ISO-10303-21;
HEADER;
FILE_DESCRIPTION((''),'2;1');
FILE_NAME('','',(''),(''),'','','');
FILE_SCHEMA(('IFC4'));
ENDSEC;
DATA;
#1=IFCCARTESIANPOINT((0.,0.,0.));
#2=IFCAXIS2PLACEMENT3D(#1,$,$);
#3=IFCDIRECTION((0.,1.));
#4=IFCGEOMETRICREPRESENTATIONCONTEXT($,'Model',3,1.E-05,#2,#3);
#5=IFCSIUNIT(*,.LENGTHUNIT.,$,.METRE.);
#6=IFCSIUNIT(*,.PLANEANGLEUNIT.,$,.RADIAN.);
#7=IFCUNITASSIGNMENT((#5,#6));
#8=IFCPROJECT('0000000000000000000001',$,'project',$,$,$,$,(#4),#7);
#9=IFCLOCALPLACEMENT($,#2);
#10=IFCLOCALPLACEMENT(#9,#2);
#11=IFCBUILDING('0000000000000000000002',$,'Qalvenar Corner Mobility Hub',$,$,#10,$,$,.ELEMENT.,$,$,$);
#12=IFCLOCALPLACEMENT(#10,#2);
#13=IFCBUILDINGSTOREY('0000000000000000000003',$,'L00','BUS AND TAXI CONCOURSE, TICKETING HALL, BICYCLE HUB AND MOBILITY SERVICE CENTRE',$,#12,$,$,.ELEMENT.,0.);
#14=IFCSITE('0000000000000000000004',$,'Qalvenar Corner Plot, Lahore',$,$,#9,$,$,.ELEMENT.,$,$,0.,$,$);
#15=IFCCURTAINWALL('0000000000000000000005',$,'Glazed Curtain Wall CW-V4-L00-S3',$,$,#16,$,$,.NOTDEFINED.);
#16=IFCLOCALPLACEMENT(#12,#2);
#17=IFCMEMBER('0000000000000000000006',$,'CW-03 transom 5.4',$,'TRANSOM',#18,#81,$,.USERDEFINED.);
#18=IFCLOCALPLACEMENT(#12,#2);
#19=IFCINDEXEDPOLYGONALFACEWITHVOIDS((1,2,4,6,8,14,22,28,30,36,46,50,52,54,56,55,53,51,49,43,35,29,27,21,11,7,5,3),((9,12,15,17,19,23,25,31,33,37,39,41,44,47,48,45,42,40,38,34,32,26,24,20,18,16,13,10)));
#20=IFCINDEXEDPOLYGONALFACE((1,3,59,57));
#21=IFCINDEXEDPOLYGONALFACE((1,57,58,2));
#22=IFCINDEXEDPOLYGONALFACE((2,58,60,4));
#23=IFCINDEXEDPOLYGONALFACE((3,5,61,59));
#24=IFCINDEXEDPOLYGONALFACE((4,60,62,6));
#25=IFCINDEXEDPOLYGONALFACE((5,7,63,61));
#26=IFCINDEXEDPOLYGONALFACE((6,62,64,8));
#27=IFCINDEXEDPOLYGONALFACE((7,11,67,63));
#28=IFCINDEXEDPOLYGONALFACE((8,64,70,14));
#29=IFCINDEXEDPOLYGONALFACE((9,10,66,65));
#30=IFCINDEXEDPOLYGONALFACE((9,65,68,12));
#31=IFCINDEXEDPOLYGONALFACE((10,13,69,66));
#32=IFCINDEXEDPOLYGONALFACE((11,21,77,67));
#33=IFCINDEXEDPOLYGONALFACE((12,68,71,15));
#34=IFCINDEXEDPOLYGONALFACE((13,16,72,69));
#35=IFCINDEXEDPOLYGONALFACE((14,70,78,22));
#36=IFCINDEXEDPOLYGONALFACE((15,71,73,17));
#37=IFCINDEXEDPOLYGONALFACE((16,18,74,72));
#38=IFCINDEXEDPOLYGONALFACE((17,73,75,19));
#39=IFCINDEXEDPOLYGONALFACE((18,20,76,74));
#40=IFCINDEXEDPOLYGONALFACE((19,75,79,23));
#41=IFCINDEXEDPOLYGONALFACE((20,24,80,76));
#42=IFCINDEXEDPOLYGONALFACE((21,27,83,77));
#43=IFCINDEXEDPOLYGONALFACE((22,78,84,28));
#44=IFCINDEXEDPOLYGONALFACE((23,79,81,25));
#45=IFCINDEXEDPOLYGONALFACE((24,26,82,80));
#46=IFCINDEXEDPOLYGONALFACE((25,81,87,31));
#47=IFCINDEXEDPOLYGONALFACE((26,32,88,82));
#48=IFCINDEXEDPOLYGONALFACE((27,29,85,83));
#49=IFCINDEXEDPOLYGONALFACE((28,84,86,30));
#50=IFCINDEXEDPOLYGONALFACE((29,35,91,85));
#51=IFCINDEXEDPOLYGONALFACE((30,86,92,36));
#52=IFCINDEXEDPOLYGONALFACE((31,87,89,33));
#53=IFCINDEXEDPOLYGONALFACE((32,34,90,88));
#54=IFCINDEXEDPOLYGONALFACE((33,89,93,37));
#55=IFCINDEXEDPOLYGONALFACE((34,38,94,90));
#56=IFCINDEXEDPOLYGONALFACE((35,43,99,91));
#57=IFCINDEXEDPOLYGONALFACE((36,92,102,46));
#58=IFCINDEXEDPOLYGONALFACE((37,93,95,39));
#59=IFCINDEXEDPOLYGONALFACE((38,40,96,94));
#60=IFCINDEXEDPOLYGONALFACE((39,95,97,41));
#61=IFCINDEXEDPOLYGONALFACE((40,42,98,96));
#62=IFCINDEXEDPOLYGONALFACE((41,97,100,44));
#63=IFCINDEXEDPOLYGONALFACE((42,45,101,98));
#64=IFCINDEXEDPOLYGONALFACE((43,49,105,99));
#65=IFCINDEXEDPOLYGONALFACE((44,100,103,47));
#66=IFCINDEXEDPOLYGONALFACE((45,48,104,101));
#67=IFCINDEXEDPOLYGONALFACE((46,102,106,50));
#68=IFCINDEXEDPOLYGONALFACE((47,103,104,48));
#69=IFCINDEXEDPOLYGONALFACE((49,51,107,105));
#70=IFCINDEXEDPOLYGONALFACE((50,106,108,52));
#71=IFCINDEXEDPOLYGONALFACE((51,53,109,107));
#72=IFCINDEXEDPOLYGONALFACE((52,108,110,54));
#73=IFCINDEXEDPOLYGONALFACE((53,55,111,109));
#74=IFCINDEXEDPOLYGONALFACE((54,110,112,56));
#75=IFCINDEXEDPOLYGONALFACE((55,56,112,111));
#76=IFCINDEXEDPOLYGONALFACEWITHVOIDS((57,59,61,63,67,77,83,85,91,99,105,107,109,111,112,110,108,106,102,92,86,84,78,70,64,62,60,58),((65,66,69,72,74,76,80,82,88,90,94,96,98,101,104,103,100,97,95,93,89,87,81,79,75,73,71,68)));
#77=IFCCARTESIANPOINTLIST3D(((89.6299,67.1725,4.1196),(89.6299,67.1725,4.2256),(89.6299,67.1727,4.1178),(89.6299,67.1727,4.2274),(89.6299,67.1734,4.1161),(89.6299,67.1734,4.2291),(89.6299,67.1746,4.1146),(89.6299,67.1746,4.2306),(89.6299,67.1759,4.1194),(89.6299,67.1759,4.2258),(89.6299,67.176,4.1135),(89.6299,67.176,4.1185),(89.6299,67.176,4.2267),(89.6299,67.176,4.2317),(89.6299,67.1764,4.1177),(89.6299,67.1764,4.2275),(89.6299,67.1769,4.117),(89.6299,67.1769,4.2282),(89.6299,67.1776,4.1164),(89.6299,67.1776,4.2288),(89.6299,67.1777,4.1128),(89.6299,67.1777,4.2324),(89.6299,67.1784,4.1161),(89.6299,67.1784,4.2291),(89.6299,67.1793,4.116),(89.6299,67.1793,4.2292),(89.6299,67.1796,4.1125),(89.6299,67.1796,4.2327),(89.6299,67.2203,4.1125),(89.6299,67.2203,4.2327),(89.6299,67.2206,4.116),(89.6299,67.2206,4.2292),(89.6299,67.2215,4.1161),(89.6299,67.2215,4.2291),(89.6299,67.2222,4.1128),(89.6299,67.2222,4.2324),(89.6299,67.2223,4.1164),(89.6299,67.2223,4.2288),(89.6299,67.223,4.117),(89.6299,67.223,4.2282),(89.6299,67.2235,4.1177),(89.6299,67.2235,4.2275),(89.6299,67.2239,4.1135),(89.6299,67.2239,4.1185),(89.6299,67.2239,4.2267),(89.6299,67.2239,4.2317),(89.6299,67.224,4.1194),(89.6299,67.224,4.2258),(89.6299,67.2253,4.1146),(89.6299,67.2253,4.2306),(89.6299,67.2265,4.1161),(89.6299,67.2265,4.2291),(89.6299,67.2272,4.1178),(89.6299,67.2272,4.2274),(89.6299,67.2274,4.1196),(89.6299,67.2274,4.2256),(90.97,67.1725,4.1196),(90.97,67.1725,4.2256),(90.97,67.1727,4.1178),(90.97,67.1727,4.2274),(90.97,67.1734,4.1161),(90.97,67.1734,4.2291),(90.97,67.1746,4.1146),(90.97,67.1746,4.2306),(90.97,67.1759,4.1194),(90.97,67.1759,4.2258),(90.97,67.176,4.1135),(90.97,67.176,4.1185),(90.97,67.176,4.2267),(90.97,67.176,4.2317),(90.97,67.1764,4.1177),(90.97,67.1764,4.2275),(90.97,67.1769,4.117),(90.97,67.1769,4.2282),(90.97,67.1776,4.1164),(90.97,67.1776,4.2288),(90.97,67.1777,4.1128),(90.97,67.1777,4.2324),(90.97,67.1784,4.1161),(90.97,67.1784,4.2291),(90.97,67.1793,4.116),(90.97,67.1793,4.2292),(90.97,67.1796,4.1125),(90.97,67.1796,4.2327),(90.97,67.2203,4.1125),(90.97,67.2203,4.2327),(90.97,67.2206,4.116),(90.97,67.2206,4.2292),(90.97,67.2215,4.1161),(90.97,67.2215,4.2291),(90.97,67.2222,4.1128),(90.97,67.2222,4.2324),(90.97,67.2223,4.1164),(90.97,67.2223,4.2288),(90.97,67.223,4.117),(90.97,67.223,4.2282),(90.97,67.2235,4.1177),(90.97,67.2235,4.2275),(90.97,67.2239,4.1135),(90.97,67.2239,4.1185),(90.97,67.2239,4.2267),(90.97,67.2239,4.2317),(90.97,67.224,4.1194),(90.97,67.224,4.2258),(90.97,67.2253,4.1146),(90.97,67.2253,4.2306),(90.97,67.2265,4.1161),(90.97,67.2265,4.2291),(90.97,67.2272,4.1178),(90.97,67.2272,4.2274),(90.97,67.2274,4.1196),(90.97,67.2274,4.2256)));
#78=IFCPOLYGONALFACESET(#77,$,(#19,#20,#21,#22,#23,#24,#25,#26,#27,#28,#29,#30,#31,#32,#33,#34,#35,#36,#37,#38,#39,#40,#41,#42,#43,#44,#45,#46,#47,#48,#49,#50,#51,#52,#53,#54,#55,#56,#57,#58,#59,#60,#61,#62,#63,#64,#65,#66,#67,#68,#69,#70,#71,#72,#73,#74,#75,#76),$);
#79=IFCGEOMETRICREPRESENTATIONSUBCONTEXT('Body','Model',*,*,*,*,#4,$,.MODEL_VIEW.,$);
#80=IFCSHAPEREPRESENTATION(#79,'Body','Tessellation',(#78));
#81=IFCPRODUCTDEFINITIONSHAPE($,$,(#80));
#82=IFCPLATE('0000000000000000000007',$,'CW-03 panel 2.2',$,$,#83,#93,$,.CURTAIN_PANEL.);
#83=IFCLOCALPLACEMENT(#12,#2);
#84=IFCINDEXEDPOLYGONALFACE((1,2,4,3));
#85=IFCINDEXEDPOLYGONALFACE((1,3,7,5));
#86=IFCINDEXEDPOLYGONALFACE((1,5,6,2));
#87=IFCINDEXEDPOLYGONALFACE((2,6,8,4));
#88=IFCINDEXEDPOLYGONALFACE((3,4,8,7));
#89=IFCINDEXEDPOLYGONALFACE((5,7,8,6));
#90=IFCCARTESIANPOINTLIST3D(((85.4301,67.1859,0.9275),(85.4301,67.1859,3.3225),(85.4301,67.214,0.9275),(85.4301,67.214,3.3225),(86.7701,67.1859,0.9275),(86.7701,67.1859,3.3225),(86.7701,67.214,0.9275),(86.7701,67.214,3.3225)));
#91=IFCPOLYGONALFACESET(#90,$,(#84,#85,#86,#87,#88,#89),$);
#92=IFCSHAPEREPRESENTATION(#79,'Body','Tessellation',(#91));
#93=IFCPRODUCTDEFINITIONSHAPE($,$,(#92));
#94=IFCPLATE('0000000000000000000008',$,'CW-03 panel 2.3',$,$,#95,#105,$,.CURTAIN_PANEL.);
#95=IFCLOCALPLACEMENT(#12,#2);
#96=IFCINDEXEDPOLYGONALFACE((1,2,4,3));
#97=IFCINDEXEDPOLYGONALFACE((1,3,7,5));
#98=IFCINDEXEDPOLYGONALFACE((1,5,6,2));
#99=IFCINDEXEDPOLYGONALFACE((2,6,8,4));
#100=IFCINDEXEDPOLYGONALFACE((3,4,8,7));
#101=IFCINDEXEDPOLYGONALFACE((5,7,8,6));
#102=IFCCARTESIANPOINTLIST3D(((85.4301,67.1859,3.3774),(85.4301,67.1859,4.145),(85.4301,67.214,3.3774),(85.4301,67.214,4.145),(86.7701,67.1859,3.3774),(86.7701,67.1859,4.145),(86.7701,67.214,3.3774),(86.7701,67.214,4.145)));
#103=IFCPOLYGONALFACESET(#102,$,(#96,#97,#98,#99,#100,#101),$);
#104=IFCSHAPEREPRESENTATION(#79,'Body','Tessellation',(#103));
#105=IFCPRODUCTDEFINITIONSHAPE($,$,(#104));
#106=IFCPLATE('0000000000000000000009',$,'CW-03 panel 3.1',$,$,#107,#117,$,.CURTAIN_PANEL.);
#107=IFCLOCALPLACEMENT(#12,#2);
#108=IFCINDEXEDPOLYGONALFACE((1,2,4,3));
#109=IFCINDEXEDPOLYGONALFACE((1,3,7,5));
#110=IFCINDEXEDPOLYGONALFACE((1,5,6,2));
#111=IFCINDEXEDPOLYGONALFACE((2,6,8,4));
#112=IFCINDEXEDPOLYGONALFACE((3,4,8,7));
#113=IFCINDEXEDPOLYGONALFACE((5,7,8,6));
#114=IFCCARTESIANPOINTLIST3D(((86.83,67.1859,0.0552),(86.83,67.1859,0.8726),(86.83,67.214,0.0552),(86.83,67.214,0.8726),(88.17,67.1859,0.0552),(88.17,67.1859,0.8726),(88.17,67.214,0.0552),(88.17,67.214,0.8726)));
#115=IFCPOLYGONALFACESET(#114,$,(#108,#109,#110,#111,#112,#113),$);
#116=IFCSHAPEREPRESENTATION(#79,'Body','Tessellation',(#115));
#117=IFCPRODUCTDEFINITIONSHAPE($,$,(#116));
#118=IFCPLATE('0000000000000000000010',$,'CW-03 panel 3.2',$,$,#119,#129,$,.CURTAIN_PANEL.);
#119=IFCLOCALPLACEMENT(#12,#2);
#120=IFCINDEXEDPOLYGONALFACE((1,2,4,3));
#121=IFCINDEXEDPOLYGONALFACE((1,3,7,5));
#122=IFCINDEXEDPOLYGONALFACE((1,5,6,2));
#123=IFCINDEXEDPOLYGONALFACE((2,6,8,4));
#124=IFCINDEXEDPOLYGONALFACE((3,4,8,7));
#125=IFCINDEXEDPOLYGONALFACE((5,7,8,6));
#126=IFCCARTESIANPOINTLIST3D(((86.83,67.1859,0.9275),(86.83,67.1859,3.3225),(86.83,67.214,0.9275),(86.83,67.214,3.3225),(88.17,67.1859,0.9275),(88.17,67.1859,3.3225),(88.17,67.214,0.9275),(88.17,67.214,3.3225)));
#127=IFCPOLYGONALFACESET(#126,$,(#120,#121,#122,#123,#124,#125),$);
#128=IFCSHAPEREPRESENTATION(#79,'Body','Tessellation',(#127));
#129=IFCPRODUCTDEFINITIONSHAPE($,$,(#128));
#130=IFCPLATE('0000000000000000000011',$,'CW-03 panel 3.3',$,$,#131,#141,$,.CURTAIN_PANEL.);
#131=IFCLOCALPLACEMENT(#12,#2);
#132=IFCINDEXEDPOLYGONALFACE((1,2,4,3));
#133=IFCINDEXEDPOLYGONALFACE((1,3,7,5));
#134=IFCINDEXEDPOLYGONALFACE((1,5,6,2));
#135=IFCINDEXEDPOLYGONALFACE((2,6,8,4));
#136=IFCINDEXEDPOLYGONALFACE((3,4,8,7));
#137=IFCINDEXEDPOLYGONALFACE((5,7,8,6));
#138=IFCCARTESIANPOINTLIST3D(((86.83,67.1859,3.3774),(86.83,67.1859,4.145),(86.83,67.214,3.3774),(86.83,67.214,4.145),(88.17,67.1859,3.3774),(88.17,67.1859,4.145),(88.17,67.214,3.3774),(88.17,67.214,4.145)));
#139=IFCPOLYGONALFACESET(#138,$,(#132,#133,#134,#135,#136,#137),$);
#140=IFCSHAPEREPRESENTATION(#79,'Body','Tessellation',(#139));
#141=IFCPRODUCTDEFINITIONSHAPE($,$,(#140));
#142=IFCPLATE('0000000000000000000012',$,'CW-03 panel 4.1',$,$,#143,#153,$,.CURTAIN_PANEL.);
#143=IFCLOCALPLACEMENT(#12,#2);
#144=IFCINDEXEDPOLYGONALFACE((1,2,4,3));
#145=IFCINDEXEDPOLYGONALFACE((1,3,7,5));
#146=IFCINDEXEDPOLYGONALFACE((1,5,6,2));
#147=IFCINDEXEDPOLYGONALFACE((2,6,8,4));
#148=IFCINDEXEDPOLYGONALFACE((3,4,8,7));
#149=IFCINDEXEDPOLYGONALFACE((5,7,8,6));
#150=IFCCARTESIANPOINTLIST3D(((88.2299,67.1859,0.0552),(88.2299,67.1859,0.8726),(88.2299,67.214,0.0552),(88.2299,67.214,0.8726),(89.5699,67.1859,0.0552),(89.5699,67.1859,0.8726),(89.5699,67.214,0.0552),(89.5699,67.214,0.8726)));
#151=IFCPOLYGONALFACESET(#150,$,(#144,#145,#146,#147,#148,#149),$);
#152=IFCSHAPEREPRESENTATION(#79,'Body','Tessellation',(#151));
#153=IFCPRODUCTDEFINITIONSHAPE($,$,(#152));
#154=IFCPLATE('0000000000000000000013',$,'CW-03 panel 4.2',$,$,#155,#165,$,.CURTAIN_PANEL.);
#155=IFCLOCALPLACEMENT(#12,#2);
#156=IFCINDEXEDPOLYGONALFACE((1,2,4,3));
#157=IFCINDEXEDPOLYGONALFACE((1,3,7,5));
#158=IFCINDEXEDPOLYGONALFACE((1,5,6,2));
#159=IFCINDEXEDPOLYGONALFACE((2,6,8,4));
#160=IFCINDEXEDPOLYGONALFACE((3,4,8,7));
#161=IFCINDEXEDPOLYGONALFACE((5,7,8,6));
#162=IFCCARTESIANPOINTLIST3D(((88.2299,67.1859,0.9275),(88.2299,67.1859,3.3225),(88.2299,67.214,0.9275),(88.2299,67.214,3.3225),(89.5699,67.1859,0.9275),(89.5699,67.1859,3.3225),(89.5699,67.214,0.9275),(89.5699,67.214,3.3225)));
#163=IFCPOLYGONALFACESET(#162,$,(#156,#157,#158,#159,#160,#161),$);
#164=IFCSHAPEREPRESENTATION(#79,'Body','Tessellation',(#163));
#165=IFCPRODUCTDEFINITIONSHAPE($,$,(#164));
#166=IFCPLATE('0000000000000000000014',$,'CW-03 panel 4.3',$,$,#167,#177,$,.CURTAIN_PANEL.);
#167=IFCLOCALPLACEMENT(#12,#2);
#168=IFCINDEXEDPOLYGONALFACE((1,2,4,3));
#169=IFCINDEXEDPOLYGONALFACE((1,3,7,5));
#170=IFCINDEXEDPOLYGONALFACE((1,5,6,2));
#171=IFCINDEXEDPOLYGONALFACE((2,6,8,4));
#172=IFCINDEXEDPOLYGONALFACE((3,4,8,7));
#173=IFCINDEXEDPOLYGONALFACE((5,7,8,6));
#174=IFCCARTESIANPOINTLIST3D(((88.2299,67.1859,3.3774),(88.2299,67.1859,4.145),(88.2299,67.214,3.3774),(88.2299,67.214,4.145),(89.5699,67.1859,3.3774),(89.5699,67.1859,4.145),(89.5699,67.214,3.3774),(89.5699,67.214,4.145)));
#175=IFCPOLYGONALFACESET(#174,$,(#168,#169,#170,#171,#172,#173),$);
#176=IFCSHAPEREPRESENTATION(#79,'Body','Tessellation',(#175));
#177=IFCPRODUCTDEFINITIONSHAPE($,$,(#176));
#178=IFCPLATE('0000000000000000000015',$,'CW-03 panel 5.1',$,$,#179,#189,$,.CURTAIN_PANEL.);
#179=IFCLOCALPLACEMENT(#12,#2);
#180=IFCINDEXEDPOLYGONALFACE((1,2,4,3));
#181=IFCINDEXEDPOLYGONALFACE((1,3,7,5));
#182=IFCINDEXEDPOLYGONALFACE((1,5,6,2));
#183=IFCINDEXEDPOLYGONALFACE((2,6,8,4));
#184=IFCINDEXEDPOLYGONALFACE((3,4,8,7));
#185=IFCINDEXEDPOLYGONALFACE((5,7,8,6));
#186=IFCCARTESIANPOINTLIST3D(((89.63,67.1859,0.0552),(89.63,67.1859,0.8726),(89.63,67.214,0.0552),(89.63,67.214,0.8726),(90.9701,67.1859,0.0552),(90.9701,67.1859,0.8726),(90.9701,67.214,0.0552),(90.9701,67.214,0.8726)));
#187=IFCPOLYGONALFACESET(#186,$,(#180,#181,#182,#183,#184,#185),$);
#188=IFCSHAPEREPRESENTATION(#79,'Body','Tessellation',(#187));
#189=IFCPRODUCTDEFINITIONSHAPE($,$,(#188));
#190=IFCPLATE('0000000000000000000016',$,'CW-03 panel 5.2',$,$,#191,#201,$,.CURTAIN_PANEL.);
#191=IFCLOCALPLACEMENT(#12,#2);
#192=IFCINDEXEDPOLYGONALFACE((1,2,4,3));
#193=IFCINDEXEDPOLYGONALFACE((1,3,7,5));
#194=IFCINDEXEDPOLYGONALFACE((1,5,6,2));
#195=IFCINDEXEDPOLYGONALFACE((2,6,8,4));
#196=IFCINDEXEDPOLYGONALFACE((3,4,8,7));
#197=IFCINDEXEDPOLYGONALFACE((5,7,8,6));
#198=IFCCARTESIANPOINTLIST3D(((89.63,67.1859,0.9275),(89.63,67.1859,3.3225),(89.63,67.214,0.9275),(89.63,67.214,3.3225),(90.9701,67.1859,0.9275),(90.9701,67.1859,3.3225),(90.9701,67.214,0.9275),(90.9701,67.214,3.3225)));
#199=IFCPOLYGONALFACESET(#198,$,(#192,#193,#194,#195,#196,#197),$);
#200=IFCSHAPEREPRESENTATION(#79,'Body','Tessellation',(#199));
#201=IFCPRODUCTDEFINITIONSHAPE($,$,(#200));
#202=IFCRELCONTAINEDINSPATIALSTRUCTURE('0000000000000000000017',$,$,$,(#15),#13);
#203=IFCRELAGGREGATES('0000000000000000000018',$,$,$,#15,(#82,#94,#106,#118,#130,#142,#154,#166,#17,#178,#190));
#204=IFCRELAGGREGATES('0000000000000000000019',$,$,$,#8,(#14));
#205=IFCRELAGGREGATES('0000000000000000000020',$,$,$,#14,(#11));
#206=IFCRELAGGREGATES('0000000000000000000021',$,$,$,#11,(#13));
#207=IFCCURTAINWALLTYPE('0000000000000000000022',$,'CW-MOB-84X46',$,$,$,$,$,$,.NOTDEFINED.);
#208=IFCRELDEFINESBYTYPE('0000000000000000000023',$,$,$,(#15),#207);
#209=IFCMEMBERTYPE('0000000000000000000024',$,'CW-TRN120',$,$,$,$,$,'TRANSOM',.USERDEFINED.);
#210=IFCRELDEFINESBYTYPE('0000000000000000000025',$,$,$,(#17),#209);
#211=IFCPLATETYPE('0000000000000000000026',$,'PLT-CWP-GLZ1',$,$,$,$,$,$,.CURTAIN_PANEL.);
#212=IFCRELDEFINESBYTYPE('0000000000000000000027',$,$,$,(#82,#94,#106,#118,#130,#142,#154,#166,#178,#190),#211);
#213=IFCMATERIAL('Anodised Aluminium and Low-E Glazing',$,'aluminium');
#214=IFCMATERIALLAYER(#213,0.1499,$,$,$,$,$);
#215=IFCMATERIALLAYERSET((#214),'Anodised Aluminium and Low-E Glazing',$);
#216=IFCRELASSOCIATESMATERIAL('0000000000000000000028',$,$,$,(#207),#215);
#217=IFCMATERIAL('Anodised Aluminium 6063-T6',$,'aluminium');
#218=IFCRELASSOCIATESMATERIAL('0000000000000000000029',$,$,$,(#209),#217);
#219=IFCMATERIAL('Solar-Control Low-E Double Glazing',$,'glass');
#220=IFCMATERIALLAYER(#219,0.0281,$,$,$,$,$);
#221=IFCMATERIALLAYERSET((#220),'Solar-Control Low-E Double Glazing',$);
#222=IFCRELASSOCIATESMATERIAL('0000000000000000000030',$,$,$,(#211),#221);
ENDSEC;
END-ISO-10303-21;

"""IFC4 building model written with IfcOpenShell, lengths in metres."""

from ifc_helpers import new_model, si_unit, direction, frame, origin, origin_2d, place, context, subcontext, project, spatial, rectangle, hollow_rectangle, extrude, material, layer, layer_set, material_profile, profile_set, type_object, element, aggregate, save


model = new_model("IFC4")

# Units and contexts
model_context = context("Model", 3, precision=1e-05, world=origin(), true_north=direction((0.0, 1.0)))
body_context = subcontext(model_context, "Body", "Model", "MODEL_VIEW")
ifc_project = project(units=[si_unit("LENGTHUNIT", "METRE"), si_unit("PLANEANGLEUNIT", "RADIAN")], contexts=[model_context])

# Site, building, storey
site_placement = place(None, origin())
site = spatial("IfcSite", under=ifc_project, at=site_placement, Name="Qalvenar Corner Plot, Lahore", CompositionType="ELEMENT", RefElevation=0.0)
building_placement = place(site_placement, origin())
building = spatial("IfcBuilding", under=site, at=building_placement, Name="Qalvenar Corner Mobility Hub", CompositionType="ELEMENT")
storey_placement = place(building_placement, origin())
storey = spatial("IfcBuildingStorey", under=building, at=storey_placement, Name="L00", Description="BUS AND TAXI CONCOURSE, TICKETING HALL, BICYCLE HUB AND MOBILITY SERVICE CENTRE", CompositionType="ELEMENT", Elevation=0.0)

# Curtain wall, member, plates
ifc_material_1 = material(Name="Anodised Aluminium and Low-E Glazing", Category="aluminium")
ifc_layer_1 = layer(ifc_material_1, 0.1499)
ifc_layer_set_1 = layer_set([ifc_layer_1], Name="Anodised Aluminium and Low-E Glazing")
curtain_wall_type = type_object("IfcCurtainWallType", Name="CW-MOB-84X46", PredefinedType="NOTDEFINED", material=ifc_layer_set_1)
curtain_wall_placement = place(storey_placement, origin())
curtain_wall = element("IfcCurtainWall", 1, at=curtain_wall_placement, inside=storey, type_object=curtain_wall_type, Name="Glazed Curtain Wall CW-V4-L00-S3", PredefinedType="NOTDEFINED")
ifc_material_2 = material(Name="Anodised Aluminium 6063-T6", Category="aluminium")
ifc_material_profile_1 = material_profile(ifc_material_2, hollow_rectangle(XDim=0.0549, YDim=0.1201, WallThickness=0.0034, InnerFilletRadius=0.0034, OuterFilletRadius=0.0071, at=origin_2d()), Name="RHS120x55x3.5")
ifc_profile_set_1 = profile_set([ifc_material_profile_1], Name="Anodised Aluminium 6063-T6")
member_type_1 = type_object("IfcMemberType", Name="CW-TRN120", ElementType="TRANSOM", PredefinedType="USERDEFINED", material=ifc_profile_set_1)
member_1_placement = place(storey_placement, frame((89.6299, 67.2, 4.1726), z_axis=(1.0, 0.0, 0.0), x_axis=(0.0, 1.0, 0.0)))
member_1 = element("IfcMember", 2, at=member_1_placement, type_object=member_type_1, Name="CW-03 transom 5.4", ObjectType="TRANSOM", PredefinedType="USERDEFINED", context=body_context, shape_type="SweptSolid", body=[
    extrude(hollow_rectangle(XDim=0.0549, YDim=0.1201, WallThickness=0.0034, InnerFilletRadius=0.0034, OuterFilletRadius=0.0071, at=origin_2d()), origin(), (0.0, 0.0, 1.0), 1.3401),
])
ifc_material_3 = material(Name="Solar-Control Low-E Double Glazing", Category="glass")
ifc_layer_2 = layer(ifc_material_3, 0.0281)
ifc_layer_set_2 = layer_set([ifc_layer_2], Name="Solar-Control Low-E Double Glazing")
plate_type = type_object("IfcPlateType", Name="PLT-CWP-GLZ1", PredefinedType="CURTAIN_PANEL", material=ifc_layer_set_2)
plate_1_placement = place(storey_placement, frame((86.1001, 67.2, 0.9275), z_axis=(0.0, 0.0, 1.0), x_axis=(1.0, 0.0, 0.0)))
plate_1 = element("IfcPlate", 3, at=plate_1_placement, type_object=plate_type, Name="CW-03 panel 2.2", PredefinedType="CURTAIN_PANEL", context=body_context, shape_type="SweptSolid", body=[
    extrude(rectangle(XDim=1.3401, YDim=0.0281, at=origin_2d()), origin(), (0.0, 0.0, 1.0), 2.395),
])
plate_2_placement = place(storey_placement, frame((86.1001, 67.2, 3.3774), z_axis=(0.0, 0.0, 1.0), x_axis=(1.0, 0.0, 0.0)))
plate_2 = element("IfcPlate", 4, at=plate_2_placement, type_object=plate_type, Name="CW-03 panel 2.3", PredefinedType="CURTAIN_PANEL", context=body_context, shape_type="SweptSolid", body=[
    extrude(rectangle(XDim=1.3401, YDim=0.0281, at=origin_2d()), origin(), (0.0, 0.0, 1.0), 0.7676),
])
plate_3_placement = place(storey_placement, frame((87.5, 67.2, 0.0552), z_axis=(0.0, 0.0, 1.0), x_axis=(1.0, 0.0, 0.0)))
plate_3 = element("IfcPlate", 5, at=plate_3_placement, type_object=plate_type, Name="CW-03 panel 3.1", PredefinedType="CURTAIN_PANEL", context=body_context, shape_type="SweptSolid", body=[
    extrude(rectangle(XDim=1.3401, YDim=0.0281, at=origin_2d()), origin(), (0.0, 0.0, 1.0), 0.8174),
])
plate_4_placement = place(storey_placement, frame((87.5, 67.2, 0.9275), z_axis=(0.0, 0.0, 1.0), x_axis=(1.0, 0.0, 0.0)))
plate_4 = element("IfcPlate", 6, at=plate_4_placement, type_object=plate_type, Name="CW-03 panel 3.2", PredefinedType="CURTAIN_PANEL", context=body_context, shape_type="SweptSolid", body=[
    extrude(rectangle(XDim=1.3401, YDim=0.0281, at=origin_2d()), origin(), (0.0, 0.0, 1.0), 2.395),
])
plate_5_placement = place(storey_placement, frame((87.5, 67.2, 3.3774), z_axis=(0.0, 0.0, 1.0), x_axis=(1.0, 0.0, 0.0)))
plate_5 = element("IfcPlate", 7, at=plate_5_placement, type_object=plate_type, Name="CW-03 panel 3.3", PredefinedType="CURTAIN_PANEL", context=body_context, shape_type="SweptSolid", body=[
    extrude(rectangle(XDim=1.3401, YDim=0.0281, at=origin_2d()), origin(), (0.0, 0.0, 1.0), 0.7676),
])
plate_6_placement = place(storey_placement, frame((88.8999, 67.2, 0.0552), z_axis=(0.0, 0.0, 1.0), x_axis=(1.0, 0.0, 0.0)))
plate_6 = element("IfcPlate", 8, at=plate_6_placement, type_object=plate_type, Name="CW-03 panel 4.1", PredefinedType="CURTAIN_PANEL", context=body_context, shape_type="SweptSolid", body=[
    extrude(rectangle(XDim=1.3401, YDim=0.0281, at=origin_2d()), origin(), (0.0, 0.0, 1.0), 0.8174),
])
plate_7_placement = place(storey_placement, frame((88.8999, 67.2, 0.9275), z_axis=(0.0, 0.0, 1.0), x_axis=(1.0, 0.0, 0.0)))
plate_7 = element("IfcPlate", 9, at=plate_7_placement, type_object=plate_type, Name="CW-03 panel 4.2", PredefinedType="CURTAIN_PANEL", context=body_context, shape_type="SweptSolid", body=[
    extrude(rectangle(XDim=1.3401, YDim=0.0281, at=origin_2d()), origin(), (0.0, 0.0, 1.0), 2.395),
])
plate_8_placement = place(storey_placement, frame((88.8999, 67.2, 3.3774), z_axis=(0.0, 0.0, 1.0), x_axis=(1.0, 0.0, 0.0)))
plate_8 = element("IfcPlate", 10, at=plate_8_placement, type_object=plate_type, Name="CW-03 panel 4.3", PredefinedType="CURTAIN_PANEL", context=body_context, shape_type="SweptSolid", body=[
    extrude(rectangle(XDim=1.3401, YDim=0.0281, at=origin_2d()), origin(), (0.0, 0.0, 1.0), 0.7676),
])
plate_9_placement = place(storey_placement, frame((90.3, 67.2, 0.0552), z_axis=(0.0, 0.0, 1.0), x_axis=(1.0, 0.0, 0.0)))
plate_9 = element("IfcPlate", 11, at=plate_9_placement, type_object=plate_type, Name="CW-03 panel 5.1", PredefinedType="CURTAIN_PANEL", context=body_context, shape_type="SweptSolid", body=[
    extrude(rectangle(XDim=1.3401, YDim=0.0281, at=origin_2d()), origin(), (0.0, 0.0, 1.0), 0.8174),
])
plate_10_placement = place(storey_placement, frame((90.3, 67.2, 0.9275), z_axis=(0.0, 0.0, 1.0), x_axis=(1.0, 0.0, 0.0)))
plate_10 = element("IfcPlate", 12, at=plate_10_placement, type_object=plate_type, Name="CW-03 panel 5.2", PredefinedType="CURTAIN_PANEL", context=body_context, shape_type="SweptSolid", body=[
    extrude(rectangle(XDim=1.3401, YDim=0.0281, at=origin_2d()), origin(), (0.0, 0.0, 1.0), 2.395),
])
aggregate(curtain_wall, [plate_1, plate_2, plate_3, plate_4, plate_5, plate_6, plate_7, plate_8, member_1, plate_9, plate_10])

save(model, "model.ifc")
